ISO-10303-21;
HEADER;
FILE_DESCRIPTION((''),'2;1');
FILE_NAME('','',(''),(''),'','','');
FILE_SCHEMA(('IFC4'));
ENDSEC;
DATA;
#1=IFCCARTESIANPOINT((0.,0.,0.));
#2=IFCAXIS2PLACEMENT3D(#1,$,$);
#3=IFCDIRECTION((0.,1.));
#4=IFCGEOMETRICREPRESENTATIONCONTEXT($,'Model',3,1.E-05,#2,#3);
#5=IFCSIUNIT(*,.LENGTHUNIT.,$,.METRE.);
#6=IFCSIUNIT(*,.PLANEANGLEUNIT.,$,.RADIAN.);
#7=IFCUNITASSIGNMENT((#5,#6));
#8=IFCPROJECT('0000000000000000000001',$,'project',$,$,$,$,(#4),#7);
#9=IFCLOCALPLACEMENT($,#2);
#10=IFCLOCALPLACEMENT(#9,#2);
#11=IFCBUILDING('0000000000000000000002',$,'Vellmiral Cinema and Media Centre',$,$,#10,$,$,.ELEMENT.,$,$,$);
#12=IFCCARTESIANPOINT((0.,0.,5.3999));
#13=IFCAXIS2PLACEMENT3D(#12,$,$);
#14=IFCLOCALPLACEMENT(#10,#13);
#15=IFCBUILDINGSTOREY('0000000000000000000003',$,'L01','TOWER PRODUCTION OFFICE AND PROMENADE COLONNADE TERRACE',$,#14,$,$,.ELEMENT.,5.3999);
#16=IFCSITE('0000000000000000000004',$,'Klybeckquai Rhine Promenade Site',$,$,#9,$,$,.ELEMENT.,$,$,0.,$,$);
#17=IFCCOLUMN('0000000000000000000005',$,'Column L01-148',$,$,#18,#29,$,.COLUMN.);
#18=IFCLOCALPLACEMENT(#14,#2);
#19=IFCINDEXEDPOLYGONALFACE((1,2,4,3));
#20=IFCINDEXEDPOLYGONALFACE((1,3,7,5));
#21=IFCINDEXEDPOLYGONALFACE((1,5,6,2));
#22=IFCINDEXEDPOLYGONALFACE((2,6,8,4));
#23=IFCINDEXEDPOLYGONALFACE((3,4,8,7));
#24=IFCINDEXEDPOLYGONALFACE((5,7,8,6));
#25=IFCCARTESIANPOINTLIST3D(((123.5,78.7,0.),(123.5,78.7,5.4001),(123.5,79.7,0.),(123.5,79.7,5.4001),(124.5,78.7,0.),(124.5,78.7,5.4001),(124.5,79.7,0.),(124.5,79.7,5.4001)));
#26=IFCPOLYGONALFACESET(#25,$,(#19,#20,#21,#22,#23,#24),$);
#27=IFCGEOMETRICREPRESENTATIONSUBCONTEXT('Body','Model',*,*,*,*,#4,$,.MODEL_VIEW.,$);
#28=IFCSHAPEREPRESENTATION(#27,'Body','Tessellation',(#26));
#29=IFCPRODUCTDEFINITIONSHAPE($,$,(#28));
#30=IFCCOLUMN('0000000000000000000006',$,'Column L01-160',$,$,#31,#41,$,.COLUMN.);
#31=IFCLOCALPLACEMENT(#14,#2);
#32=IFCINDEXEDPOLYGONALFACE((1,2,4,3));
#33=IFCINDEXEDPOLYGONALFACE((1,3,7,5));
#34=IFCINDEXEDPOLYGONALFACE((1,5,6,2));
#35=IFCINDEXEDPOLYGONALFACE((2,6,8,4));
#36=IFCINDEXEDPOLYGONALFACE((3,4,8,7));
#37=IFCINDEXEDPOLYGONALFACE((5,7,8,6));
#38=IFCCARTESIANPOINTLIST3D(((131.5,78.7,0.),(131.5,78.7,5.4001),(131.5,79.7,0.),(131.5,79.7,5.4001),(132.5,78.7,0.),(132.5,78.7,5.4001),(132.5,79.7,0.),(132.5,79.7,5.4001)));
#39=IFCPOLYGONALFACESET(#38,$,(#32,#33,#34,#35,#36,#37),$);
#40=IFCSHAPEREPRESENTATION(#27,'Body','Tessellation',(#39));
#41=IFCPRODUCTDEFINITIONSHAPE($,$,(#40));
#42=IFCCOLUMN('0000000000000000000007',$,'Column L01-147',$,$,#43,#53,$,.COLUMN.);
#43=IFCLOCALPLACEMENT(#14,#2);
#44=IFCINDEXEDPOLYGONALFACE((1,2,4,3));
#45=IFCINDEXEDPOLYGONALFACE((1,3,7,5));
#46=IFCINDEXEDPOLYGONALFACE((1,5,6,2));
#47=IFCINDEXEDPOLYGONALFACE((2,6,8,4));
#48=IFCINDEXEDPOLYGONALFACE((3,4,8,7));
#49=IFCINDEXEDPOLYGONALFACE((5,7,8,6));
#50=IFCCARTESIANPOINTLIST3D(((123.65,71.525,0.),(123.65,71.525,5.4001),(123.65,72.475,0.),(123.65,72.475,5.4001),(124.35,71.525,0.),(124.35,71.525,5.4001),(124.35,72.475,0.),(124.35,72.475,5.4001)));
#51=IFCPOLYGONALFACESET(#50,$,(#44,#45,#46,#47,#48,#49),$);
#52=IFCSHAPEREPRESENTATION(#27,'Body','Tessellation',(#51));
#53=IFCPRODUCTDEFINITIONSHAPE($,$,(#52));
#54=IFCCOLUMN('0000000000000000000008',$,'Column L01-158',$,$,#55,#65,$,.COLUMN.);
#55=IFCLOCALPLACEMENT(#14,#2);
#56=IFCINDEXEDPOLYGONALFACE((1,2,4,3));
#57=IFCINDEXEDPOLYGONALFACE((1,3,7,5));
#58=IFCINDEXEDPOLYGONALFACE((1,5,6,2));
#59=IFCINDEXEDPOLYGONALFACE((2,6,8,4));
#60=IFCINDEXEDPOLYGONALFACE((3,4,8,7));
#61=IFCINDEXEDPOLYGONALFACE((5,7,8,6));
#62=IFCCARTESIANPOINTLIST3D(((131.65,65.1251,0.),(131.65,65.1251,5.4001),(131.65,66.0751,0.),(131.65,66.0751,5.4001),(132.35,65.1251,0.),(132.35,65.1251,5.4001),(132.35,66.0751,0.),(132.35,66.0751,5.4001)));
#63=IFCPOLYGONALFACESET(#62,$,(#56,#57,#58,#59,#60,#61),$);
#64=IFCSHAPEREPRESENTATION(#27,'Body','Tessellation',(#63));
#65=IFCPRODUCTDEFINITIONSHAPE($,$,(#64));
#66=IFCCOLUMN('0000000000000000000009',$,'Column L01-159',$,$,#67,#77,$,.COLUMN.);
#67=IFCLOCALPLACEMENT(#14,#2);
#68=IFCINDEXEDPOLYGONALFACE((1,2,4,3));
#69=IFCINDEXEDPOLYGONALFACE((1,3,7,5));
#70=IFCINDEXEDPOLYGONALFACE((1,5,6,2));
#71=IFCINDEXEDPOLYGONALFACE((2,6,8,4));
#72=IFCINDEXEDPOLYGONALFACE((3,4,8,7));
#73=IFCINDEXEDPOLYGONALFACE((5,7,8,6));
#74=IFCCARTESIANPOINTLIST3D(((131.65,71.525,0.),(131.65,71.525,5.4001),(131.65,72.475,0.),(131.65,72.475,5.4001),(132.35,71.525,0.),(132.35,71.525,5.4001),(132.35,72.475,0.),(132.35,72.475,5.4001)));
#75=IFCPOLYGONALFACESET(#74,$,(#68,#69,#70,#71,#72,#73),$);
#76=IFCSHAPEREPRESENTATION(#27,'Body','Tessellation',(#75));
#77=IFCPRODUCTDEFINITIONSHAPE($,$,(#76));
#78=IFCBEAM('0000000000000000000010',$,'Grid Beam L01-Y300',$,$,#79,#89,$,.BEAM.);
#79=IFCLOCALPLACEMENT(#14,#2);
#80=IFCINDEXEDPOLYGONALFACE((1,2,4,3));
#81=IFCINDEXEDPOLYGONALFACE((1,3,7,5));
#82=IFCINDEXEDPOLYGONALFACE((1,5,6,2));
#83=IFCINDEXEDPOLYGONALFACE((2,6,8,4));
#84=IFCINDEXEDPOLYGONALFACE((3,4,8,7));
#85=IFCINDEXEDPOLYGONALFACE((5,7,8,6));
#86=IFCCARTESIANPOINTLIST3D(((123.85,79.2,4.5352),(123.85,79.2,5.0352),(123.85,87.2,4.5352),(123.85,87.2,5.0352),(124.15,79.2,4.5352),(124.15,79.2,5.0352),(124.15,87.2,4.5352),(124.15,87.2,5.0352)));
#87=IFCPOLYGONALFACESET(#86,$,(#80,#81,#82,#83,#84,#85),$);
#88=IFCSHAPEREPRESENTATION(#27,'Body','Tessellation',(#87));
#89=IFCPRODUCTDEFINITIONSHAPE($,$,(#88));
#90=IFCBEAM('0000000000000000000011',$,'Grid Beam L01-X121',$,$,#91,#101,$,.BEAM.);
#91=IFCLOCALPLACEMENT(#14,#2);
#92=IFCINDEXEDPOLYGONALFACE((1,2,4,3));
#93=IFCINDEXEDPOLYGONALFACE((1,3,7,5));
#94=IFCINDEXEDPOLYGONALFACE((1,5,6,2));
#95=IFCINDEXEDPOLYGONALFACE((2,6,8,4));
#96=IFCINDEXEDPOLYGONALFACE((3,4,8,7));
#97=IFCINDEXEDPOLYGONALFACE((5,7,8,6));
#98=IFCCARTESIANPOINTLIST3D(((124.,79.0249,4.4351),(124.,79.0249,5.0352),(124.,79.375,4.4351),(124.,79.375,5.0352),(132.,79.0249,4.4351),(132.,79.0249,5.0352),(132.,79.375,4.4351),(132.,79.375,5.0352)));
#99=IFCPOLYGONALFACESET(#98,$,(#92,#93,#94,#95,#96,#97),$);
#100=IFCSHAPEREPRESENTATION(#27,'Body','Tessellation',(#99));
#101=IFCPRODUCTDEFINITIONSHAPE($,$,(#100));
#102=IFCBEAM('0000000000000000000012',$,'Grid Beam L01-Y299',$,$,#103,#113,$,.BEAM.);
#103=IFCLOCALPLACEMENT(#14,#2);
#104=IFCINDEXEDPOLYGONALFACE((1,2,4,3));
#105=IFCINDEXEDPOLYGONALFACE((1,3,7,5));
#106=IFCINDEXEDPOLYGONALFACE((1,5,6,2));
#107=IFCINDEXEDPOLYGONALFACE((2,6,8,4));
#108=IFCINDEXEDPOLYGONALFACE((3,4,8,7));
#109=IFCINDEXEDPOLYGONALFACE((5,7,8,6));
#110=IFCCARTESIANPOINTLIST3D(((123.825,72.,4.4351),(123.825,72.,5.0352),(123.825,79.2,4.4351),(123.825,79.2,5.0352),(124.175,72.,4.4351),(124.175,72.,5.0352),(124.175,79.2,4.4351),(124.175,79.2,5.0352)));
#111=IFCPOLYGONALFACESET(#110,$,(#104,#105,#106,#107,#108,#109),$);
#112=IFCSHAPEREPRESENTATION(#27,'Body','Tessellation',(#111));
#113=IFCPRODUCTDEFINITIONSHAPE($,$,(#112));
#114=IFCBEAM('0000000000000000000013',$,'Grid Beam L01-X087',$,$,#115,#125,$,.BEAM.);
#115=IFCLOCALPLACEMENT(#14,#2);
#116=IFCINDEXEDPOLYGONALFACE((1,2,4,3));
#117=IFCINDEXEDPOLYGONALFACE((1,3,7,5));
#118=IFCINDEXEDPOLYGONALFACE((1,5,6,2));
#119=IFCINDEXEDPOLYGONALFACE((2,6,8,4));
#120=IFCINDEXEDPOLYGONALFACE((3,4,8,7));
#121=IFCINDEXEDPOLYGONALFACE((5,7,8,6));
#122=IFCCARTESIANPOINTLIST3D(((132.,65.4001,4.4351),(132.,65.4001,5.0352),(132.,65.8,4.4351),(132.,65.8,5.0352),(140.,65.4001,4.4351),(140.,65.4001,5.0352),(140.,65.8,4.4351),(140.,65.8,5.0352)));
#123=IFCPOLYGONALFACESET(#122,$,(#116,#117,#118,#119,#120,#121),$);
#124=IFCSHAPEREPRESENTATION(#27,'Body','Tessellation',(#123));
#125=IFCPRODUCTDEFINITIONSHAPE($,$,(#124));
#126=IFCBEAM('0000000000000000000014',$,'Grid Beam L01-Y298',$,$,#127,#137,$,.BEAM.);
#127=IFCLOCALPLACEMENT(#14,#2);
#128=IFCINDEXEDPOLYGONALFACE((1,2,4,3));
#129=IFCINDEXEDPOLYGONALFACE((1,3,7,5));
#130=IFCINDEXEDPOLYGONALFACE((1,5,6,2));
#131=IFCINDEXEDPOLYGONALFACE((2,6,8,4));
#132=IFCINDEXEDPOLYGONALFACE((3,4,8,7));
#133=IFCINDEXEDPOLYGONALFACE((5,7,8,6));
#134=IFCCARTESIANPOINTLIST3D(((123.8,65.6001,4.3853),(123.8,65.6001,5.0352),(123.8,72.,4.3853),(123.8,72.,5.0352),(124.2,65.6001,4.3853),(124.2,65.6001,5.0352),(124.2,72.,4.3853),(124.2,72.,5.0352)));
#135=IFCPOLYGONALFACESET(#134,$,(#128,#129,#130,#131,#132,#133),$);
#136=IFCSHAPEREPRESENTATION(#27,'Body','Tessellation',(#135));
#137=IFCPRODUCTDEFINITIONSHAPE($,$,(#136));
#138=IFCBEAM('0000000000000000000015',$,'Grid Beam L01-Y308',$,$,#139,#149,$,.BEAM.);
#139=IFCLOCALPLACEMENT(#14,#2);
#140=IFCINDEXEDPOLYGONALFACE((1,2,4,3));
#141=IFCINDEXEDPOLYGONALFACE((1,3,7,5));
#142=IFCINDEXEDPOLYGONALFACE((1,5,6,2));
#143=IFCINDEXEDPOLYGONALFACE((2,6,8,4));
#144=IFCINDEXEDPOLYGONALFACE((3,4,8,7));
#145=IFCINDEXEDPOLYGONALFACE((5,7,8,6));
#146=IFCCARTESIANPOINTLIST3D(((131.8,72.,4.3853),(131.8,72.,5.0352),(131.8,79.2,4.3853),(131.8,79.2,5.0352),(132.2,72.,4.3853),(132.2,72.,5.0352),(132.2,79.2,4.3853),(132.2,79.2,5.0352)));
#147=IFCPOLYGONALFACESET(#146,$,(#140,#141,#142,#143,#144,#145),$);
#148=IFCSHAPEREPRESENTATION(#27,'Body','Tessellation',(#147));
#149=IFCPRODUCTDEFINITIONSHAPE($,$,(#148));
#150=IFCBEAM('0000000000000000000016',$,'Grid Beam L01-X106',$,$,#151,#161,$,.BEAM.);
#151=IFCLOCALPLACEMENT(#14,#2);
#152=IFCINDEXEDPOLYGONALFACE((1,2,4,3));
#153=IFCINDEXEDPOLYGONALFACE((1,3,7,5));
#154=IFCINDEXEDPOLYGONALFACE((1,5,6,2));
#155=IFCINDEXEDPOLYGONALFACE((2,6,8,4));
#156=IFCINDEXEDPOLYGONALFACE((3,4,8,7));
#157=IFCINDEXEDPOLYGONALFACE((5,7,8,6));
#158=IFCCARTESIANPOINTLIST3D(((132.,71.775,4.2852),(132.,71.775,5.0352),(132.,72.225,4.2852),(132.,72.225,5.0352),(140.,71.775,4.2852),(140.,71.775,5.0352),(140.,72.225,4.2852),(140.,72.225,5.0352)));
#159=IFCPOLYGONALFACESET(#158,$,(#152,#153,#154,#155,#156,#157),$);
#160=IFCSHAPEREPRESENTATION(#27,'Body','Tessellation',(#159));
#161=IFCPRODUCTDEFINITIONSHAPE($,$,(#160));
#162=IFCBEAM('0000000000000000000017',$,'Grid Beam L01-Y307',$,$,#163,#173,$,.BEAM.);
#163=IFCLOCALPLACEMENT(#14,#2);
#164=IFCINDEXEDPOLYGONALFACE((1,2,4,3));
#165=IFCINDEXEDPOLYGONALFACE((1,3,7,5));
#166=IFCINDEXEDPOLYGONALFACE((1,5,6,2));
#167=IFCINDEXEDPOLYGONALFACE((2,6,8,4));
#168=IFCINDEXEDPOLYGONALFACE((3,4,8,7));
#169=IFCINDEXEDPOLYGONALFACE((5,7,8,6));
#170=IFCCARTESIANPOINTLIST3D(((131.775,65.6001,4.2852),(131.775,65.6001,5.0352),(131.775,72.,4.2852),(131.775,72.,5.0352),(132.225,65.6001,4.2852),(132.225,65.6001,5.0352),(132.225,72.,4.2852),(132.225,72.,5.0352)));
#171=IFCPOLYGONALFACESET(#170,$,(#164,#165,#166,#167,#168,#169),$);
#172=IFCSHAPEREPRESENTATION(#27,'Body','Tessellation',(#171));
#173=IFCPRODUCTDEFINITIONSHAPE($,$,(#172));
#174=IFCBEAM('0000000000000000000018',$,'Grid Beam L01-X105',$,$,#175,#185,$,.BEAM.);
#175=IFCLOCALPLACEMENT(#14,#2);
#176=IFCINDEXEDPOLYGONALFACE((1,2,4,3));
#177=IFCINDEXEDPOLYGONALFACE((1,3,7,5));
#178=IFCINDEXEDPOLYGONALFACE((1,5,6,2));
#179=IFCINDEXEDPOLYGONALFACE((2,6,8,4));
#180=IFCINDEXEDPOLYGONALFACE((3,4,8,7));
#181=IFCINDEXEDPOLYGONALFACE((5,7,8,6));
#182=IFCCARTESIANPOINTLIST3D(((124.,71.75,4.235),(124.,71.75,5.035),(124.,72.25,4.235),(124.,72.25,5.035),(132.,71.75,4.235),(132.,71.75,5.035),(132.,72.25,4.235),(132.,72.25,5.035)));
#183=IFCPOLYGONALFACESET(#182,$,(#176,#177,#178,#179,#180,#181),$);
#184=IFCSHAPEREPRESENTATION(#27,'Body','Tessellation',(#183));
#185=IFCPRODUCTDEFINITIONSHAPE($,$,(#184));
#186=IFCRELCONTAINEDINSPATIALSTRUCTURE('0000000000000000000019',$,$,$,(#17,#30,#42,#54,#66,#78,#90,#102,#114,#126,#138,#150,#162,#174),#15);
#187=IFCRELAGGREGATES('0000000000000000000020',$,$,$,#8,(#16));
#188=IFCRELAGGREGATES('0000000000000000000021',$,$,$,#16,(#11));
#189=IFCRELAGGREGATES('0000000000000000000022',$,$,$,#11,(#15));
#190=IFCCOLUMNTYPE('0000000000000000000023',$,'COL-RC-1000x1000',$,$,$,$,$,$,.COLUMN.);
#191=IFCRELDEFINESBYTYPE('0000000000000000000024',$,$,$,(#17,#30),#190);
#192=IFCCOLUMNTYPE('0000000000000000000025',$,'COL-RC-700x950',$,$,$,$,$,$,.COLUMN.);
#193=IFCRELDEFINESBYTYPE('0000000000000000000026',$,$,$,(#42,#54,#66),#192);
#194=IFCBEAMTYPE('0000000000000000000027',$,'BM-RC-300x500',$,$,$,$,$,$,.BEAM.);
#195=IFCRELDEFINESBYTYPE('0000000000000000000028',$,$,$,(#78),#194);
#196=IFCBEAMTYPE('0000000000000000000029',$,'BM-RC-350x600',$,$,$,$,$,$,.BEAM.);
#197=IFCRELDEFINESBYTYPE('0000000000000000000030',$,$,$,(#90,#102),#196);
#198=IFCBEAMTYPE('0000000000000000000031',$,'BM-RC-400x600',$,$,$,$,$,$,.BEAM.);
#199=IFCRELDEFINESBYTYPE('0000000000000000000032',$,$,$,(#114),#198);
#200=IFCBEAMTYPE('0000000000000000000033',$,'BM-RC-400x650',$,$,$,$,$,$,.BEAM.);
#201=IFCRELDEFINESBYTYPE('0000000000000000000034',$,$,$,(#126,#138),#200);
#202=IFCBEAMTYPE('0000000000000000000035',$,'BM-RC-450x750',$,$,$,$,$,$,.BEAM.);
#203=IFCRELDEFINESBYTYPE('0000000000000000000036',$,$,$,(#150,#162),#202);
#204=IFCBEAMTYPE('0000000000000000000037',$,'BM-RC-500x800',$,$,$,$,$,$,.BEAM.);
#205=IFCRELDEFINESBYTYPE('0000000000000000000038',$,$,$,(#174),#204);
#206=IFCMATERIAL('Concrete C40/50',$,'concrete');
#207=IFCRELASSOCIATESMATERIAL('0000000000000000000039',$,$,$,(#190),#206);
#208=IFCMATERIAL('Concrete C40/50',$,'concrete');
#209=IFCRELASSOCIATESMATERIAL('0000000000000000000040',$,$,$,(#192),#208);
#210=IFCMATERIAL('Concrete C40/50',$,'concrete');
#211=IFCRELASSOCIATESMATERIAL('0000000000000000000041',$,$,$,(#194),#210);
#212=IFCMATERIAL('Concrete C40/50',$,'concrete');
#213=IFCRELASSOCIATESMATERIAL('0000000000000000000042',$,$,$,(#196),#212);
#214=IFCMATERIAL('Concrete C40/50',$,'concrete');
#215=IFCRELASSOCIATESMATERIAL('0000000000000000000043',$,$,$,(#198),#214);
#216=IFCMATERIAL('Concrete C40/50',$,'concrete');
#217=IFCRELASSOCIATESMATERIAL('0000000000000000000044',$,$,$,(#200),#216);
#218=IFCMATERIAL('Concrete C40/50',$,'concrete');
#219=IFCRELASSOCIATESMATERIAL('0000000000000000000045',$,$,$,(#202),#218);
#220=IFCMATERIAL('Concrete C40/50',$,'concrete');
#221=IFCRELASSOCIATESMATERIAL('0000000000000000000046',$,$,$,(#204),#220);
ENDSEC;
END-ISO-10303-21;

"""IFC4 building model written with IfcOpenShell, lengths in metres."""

from ifc_helpers import new_model, si_unit, direction, frame, origin, origin_2d, place, context, subcontext, project, spatial, rectangle, extrude, material, material_profile, profile_set, type_object, element, save


model = new_model("IFC4")

# Units and contexts
model_context = context("Model", 3, precision=1e-05, world=origin(), true_north=direction((0.0, 1.0)))
body_context = subcontext(model_context, "Body", "Model", "MODEL_VIEW")
ifc_project = project(units=[si_unit("LENGTHUNIT", "METRE"), si_unit("PLANEANGLEUNIT", "RADIAN")], contexts=[model_context])

# Site, building, storey
site_placement = place(None, origin())
site = spatial("IfcSite", under=ifc_project, at=site_placement, Name="Klybeckquai Rhine Promenade Site", CompositionType="ELEMENT", RefElevation=0.0)
building_placement = place(site_placement, origin())
building = spatial("IfcBuilding", under=site, at=building_placement, Name="Vellmiral Cinema and Media Centre", CompositionType="ELEMENT")
storey_placement = place(building_placement, frame((0.0, 0.0, 5.3999)))
storey = spatial("IfcBuildingStorey", under=building, at=storey_placement, Name="L01", Description="TOWER PRODUCTION OFFICE AND PROMENADE COLONNADE TERRACE", CompositionType="ELEMENT", Elevation=5.3999)

# Columns
ifc_material_1 = material(Name="Concrete C40/50", Category="concrete")
ifc_material_profile_1 = material_profile(ifc_material_1, rectangle(XDim=1.0, YDim=1.0, at=origin_2d()), Name="RC 1000x1000")
ifc_profile_set_1 = profile_set([ifc_material_profile_1], Name="Concrete C40/50")
column_type_1 = type_object("IfcColumnType", Name="COL-RC-1000x1000", PredefinedType="COLUMN", material=ifc_profile_set_1)
for number, where, z_axis, x_axis, name in (
    (1, (124.0, 79.2, 0.0), (0.0, 0.0, 1.0), (1.0, 0.0, 0.0), "Column L01-148"),
    (2, (132.0, 79.2, 0.0), (0.0, 0.0, 1.0), (1.0, 0.0, 0.0), "Column L01-160"),
):
    element("IfcColumn", number, at=place(storey_placement, frame(where, z_axis=z_axis, x_axis=x_axis)), inside=storey, type_object=column_type_1, Name=name, PredefinedType="COLUMN", context=body_context, shape_type="SweptSolid", body=[
        extrude(rectangle(XDim=1.0, YDim=1.0, at=origin_2d()), origin(), (0.0, 0.0, 1.0), 5.4001),
    ])
ifc_material_2 = material(Name="Concrete C40/50", Category="concrete")
ifc_material_profile_2 = material_profile(ifc_material_2, rectangle(XDim=0.7, YDim=0.95, at=origin_2d()), Name="RC 700x950")
ifc_profile_set_2 = profile_set([ifc_material_profile_2], Name="Concrete C40/50")
column_type_2 = type_object("IfcColumnType", Name="COL-RC-700x950", PredefinedType="COLUMN", material=ifc_profile_set_2)
for number, where, z_axis, x_axis, name in (
    (3, (124.0, 72.0, 0.0), (0.0, 0.0, 1.0), (1.0, 0.0, 0.0), "Column L01-147"),
    (4, (132.0, 65.6001, 0.0), (0.0, 0.0, 1.0), (1.0, 0.0, 0.0), "Column L01-158"),
    (5, (132.0, 72.0, 0.0), (0.0, 0.0, 1.0), (1.0, 0.0, 0.0), "Column L01-159"),
):
    element("IfcColumn", number, at=place(storey_placement, frame(where, z_axis=z_axis, x_axis=x_axis)), inside=storey, type_object=column_type_2, Name=name, PredefinedType="COLUMN", context=body_context, shape_type="SweptSolid", body=[
        extrude(rectangle(XDim=0.7, YDim=0.95, at=origin_2d()), origin(), (0.0, 0.0, 1.0), 5.4001),
    ])

# Beams
ifc_material_3 = material(Name="Concrete C40/50", Category="concrete")
ifc_material_profile_3 = material_profile(ifc_material_3, rectangle(XDim=0.3, YDim=0.5, at=origin_2d()), Name="RC 300x500")
ifc_profile_set_3 = profile_set([ifc_material_profile_3], Name="Concrete C40/50")
beam_type_1 = type_object("IfcBeamType", Name="BM-RC-300x500", PredefinedType="BEAM", material=ifc_profile_set_3)
beam_1_placement = place(storey_placement, frame((124.0, 79.2, 4.7852), z_axis=(0.0, 1.0, 0.0), x_axis=(-1.0, 0.0, 0.0)))
element("IfcBeam", 6, at=beam_1_placement, inside=storey, type_object=beam_type_1, Name="Grid Beam L01-Y300", PredefinedType="BEAM", context=body_context, shape_type="SweptSolid", body=[
    extrude(rectangle(XDim=0.3, YDim=0.5, at=origin_2d()), origin(), (0.0, 0.0, 1.0), 8.0),
])
ifc_material_4 = material(Name="Concrete C40/50", Category="concrete")
ifc_material_profile_4 = material_profile(ifc_material_4, rectangle(XDim=0.3501, YDim=0.6001, at=origin_2d()), Name="RC 350x600")
ifc_profile_set_4 = profile_set([ifc_material_profile_4], Name="Concrete C40/50")
beam_type_2 = type_object("IfcBeamType", Name="BM-RC-350x600", PredefinedType="BEAM", material=ifc_profile_set_4)
beam_2_placement = place(storey_placement, frame((124.0, 79.2, 4.7351), z_axis=(1.0, 0.0, 0.0), x_axis=(0.0, 1.0, 0.0)))
element("IfcBeam", 7, at=beam_2_placement, inside=storey, type_object=beam_type_2, Name="Grid Beam L01-X121", PredefinedType="BEAM", context=body_context, shape_type="SweptSolid", body=[
    extrude(rectangle(XDim=0.3501, YDim=0.6001, at=origin_2d()), origin(), (0.0, 0.0, 1.0), 8.0),
])
beam_3_placement = place(storey_placement, frame((124.0, 72.0, 4.7351), z_axis=(0.0, 1.0, 0.0), x_axis=(-1.0, 0.0, 0.0)))
element("IfcBeam", 8, at=beam_3_placement, inside=storey, type_object=beam_type_2, Name="Grid Beam L01-Y299", PredefinedType="BEAM", context=body_context, shape_type="SweptSolid", body=[
    extrude(rectangle(XDim=0.3501, YDim=0.6001, at=origin_2d()), origin(), (0.0, 0.0, 1.0), 7.2),
])
ifc_material_5 = material(Name="Concrete C40/50", Category="concrete")
ifc_material_profile_5 = material_profile(ifc_material_5, rectangle(XDim=0.3999, YDim=0.6001, at=origin_2d()), Name="RC 400x600")
ifc_profile_set_5 = profile_set([ifc_material_profile_5], Name="Concrete C40/50")
beam_type_3 = type_object("IfcBeamType", Name="BM-RC-400x600", PredefinedType="BEAM", material=ifc_profile_set_5)
beam_4_placement = place(storey_placement, frame((132.0, 65.6001, 4.7351), z_axis=(1.0, 0.0, 0.0), x_axis=(0.0, 1.0, 0.0)))
element("IfcBeam", 9, at=beam_4_placement, inside=storey, type_object=beam_type_3, Name="Grid Beam L01-X087", PredefinedType="BEAM", context=body_context, shape_type="SweptSolid", body=[
    extrude(rectangle(XDim=0.3999, YDim=0.6001, at=origin_2d()), origin(), (0.0, 0.0, 1.0), 8.0),
])
ifc_material_6 = material(Name="Concrete C40/50", Category="concrete")
ifc_material_profile_6 = material_profile(ifc_material_6, rectangle(XDim=0.3999, YDim=0.6499, at=origin_2d()), Name="RC 400x650")
ifc_profile_set_6 = profile_set([ifc_material_profile_6], Name="Concrete C40/50")
beam_type_4 = type_object("IfcBeamType", Name="BM-RC-400x650", PredefinedType="BEAM", material=ifc_profile_set_6)
beam_5_placement = place(storey_placement, frame((124.0, 65.6001, 4.7102), z_axis=(0.0, 1.0, 0.0), x_axis=(-1.0, 0.0, 0.0)))
element("IfcBeam", 10, at=beam_5_placement, inside=storey, type_object=beam_type_4, Name="Grid Beam L01-Y298", PredefinedType="BEAM", context=body_context, shape_type="SweptSolid", body=[
    extrude(rectangle(XDim=0.3999, YDim=0.6499, at=origin_2d()), origin(), (0.0, 0.0, 1.0), 6.3999),
])
beam_6_placement = place(storey_placement, frame((132.0, 72.0, 4.7102), z_axis=(0.0, 1.0, 0.0), x_axis=(-1.0, 0.0, 0.0)))
element("IfcBeam", 11, at=beam_6_placement, inside=storey, type_object=beam_type_4, Name="Grid Beam L01-Y308", PredefinedType="BEAM", context=body_context, shape_type="SweptSolid", body=[
    extrude(rectangle(XDim=0.3999, YDim=0.6499, at=origin_2d()), origin(), (0.0, 0.0, 1.0), 7.2),
])
ifc_material_7 = material(Name="Concrete C40/50", Category="concrete")
ifc_material_profile_7 = material_profile(ifc_material_7, rectangle(XDim=0.45, YDim=0.75, at=origin_2d()), Name="RC 450x750")
ifc_profile_set_7 = profile_set([ifc_material_profile_7], Name="Concrete C40/50")
beam_type_5 = type_object("IfcBeamType", Name="BM-RC-450x750", PredefinedType="BEAM", material=ifc_profile_set_7)
beam_7_placement = place(storey_placement, frame((132.0, 72.0, 4.6602), z_axis=(1.0, 0.0, 0.0), x_axis=(0.0, 1.0, 0.0)))
element("IfcBeam", 12, at=beam_7_placement, inside=storey, type_object=beam_type_5, Name="Grid Beam L01-X106", PredefinedType="BEAM", context=body_context, shape_type="SweptSolid", body=[
    extrude(rectangle(XDim=0.45, YDim=0.75, at=origin_2d()), origin(), (0.0, 0.0, 1.0), 8.0),
])
beam_8_placement = place(storey_placement, frame((132.0, 65.6001, 4.6602), z_axis=(0.0, 1.0, 0.0), x_axis=(-1.0, 0.0, 0.0)))
element("IfcBeam", 13, at=beam_8_placement, inside=storey, type_object=beam_type_5, Name="Grid Beam L01-Y307", PredefinedType="BEAM", context=body_context, shape_type="SweptSolid", body=[
    extrude(rectangle(XDim=0.45, YDim=0.75, at=origin_2d()), origin(), (0.0, 0.0, 1.0), 6.3999),
])
ifc_material_8 = material(Name="Concrete C40/50", Category="concrete")
ifc_material_profile_8 = material_profile(ifc_material_8, rectangle(XDim=0.5, YDim=0.8, at=origin_2d()), Name="RC 500x800")
ifc_profile_set_8 = profile_set([ifc_material_profile_8], Name="Concrete C40/50")
beam_type_6 = type_object("IfcBeamType", Name="BM-RC-500x800", PredefinedType="BEAM", material=ifc_profile_set_8)
beam_9_placement = place(storey_placement, frame((124.0, 72.0, 4.635), z_axis=(1.0, 0.0, 0.0), x_axis=(0.0, 1.0, 0.0)))
element("IfcBeam", 14, at=beam_9_placement, inside=storey, type_object=beam_type_6, Name="Grid Beam L01-X105", PredefinedType="BEAM", context=body_context, shape_type="SweptSolid", body=[
    extrude(rectangle(XDim=0.5, YDim=0.8, at=origin_2d()), origin(), (0.0, 0.0, 1.0), 8.0),
])

save(model, "model.ifc")
